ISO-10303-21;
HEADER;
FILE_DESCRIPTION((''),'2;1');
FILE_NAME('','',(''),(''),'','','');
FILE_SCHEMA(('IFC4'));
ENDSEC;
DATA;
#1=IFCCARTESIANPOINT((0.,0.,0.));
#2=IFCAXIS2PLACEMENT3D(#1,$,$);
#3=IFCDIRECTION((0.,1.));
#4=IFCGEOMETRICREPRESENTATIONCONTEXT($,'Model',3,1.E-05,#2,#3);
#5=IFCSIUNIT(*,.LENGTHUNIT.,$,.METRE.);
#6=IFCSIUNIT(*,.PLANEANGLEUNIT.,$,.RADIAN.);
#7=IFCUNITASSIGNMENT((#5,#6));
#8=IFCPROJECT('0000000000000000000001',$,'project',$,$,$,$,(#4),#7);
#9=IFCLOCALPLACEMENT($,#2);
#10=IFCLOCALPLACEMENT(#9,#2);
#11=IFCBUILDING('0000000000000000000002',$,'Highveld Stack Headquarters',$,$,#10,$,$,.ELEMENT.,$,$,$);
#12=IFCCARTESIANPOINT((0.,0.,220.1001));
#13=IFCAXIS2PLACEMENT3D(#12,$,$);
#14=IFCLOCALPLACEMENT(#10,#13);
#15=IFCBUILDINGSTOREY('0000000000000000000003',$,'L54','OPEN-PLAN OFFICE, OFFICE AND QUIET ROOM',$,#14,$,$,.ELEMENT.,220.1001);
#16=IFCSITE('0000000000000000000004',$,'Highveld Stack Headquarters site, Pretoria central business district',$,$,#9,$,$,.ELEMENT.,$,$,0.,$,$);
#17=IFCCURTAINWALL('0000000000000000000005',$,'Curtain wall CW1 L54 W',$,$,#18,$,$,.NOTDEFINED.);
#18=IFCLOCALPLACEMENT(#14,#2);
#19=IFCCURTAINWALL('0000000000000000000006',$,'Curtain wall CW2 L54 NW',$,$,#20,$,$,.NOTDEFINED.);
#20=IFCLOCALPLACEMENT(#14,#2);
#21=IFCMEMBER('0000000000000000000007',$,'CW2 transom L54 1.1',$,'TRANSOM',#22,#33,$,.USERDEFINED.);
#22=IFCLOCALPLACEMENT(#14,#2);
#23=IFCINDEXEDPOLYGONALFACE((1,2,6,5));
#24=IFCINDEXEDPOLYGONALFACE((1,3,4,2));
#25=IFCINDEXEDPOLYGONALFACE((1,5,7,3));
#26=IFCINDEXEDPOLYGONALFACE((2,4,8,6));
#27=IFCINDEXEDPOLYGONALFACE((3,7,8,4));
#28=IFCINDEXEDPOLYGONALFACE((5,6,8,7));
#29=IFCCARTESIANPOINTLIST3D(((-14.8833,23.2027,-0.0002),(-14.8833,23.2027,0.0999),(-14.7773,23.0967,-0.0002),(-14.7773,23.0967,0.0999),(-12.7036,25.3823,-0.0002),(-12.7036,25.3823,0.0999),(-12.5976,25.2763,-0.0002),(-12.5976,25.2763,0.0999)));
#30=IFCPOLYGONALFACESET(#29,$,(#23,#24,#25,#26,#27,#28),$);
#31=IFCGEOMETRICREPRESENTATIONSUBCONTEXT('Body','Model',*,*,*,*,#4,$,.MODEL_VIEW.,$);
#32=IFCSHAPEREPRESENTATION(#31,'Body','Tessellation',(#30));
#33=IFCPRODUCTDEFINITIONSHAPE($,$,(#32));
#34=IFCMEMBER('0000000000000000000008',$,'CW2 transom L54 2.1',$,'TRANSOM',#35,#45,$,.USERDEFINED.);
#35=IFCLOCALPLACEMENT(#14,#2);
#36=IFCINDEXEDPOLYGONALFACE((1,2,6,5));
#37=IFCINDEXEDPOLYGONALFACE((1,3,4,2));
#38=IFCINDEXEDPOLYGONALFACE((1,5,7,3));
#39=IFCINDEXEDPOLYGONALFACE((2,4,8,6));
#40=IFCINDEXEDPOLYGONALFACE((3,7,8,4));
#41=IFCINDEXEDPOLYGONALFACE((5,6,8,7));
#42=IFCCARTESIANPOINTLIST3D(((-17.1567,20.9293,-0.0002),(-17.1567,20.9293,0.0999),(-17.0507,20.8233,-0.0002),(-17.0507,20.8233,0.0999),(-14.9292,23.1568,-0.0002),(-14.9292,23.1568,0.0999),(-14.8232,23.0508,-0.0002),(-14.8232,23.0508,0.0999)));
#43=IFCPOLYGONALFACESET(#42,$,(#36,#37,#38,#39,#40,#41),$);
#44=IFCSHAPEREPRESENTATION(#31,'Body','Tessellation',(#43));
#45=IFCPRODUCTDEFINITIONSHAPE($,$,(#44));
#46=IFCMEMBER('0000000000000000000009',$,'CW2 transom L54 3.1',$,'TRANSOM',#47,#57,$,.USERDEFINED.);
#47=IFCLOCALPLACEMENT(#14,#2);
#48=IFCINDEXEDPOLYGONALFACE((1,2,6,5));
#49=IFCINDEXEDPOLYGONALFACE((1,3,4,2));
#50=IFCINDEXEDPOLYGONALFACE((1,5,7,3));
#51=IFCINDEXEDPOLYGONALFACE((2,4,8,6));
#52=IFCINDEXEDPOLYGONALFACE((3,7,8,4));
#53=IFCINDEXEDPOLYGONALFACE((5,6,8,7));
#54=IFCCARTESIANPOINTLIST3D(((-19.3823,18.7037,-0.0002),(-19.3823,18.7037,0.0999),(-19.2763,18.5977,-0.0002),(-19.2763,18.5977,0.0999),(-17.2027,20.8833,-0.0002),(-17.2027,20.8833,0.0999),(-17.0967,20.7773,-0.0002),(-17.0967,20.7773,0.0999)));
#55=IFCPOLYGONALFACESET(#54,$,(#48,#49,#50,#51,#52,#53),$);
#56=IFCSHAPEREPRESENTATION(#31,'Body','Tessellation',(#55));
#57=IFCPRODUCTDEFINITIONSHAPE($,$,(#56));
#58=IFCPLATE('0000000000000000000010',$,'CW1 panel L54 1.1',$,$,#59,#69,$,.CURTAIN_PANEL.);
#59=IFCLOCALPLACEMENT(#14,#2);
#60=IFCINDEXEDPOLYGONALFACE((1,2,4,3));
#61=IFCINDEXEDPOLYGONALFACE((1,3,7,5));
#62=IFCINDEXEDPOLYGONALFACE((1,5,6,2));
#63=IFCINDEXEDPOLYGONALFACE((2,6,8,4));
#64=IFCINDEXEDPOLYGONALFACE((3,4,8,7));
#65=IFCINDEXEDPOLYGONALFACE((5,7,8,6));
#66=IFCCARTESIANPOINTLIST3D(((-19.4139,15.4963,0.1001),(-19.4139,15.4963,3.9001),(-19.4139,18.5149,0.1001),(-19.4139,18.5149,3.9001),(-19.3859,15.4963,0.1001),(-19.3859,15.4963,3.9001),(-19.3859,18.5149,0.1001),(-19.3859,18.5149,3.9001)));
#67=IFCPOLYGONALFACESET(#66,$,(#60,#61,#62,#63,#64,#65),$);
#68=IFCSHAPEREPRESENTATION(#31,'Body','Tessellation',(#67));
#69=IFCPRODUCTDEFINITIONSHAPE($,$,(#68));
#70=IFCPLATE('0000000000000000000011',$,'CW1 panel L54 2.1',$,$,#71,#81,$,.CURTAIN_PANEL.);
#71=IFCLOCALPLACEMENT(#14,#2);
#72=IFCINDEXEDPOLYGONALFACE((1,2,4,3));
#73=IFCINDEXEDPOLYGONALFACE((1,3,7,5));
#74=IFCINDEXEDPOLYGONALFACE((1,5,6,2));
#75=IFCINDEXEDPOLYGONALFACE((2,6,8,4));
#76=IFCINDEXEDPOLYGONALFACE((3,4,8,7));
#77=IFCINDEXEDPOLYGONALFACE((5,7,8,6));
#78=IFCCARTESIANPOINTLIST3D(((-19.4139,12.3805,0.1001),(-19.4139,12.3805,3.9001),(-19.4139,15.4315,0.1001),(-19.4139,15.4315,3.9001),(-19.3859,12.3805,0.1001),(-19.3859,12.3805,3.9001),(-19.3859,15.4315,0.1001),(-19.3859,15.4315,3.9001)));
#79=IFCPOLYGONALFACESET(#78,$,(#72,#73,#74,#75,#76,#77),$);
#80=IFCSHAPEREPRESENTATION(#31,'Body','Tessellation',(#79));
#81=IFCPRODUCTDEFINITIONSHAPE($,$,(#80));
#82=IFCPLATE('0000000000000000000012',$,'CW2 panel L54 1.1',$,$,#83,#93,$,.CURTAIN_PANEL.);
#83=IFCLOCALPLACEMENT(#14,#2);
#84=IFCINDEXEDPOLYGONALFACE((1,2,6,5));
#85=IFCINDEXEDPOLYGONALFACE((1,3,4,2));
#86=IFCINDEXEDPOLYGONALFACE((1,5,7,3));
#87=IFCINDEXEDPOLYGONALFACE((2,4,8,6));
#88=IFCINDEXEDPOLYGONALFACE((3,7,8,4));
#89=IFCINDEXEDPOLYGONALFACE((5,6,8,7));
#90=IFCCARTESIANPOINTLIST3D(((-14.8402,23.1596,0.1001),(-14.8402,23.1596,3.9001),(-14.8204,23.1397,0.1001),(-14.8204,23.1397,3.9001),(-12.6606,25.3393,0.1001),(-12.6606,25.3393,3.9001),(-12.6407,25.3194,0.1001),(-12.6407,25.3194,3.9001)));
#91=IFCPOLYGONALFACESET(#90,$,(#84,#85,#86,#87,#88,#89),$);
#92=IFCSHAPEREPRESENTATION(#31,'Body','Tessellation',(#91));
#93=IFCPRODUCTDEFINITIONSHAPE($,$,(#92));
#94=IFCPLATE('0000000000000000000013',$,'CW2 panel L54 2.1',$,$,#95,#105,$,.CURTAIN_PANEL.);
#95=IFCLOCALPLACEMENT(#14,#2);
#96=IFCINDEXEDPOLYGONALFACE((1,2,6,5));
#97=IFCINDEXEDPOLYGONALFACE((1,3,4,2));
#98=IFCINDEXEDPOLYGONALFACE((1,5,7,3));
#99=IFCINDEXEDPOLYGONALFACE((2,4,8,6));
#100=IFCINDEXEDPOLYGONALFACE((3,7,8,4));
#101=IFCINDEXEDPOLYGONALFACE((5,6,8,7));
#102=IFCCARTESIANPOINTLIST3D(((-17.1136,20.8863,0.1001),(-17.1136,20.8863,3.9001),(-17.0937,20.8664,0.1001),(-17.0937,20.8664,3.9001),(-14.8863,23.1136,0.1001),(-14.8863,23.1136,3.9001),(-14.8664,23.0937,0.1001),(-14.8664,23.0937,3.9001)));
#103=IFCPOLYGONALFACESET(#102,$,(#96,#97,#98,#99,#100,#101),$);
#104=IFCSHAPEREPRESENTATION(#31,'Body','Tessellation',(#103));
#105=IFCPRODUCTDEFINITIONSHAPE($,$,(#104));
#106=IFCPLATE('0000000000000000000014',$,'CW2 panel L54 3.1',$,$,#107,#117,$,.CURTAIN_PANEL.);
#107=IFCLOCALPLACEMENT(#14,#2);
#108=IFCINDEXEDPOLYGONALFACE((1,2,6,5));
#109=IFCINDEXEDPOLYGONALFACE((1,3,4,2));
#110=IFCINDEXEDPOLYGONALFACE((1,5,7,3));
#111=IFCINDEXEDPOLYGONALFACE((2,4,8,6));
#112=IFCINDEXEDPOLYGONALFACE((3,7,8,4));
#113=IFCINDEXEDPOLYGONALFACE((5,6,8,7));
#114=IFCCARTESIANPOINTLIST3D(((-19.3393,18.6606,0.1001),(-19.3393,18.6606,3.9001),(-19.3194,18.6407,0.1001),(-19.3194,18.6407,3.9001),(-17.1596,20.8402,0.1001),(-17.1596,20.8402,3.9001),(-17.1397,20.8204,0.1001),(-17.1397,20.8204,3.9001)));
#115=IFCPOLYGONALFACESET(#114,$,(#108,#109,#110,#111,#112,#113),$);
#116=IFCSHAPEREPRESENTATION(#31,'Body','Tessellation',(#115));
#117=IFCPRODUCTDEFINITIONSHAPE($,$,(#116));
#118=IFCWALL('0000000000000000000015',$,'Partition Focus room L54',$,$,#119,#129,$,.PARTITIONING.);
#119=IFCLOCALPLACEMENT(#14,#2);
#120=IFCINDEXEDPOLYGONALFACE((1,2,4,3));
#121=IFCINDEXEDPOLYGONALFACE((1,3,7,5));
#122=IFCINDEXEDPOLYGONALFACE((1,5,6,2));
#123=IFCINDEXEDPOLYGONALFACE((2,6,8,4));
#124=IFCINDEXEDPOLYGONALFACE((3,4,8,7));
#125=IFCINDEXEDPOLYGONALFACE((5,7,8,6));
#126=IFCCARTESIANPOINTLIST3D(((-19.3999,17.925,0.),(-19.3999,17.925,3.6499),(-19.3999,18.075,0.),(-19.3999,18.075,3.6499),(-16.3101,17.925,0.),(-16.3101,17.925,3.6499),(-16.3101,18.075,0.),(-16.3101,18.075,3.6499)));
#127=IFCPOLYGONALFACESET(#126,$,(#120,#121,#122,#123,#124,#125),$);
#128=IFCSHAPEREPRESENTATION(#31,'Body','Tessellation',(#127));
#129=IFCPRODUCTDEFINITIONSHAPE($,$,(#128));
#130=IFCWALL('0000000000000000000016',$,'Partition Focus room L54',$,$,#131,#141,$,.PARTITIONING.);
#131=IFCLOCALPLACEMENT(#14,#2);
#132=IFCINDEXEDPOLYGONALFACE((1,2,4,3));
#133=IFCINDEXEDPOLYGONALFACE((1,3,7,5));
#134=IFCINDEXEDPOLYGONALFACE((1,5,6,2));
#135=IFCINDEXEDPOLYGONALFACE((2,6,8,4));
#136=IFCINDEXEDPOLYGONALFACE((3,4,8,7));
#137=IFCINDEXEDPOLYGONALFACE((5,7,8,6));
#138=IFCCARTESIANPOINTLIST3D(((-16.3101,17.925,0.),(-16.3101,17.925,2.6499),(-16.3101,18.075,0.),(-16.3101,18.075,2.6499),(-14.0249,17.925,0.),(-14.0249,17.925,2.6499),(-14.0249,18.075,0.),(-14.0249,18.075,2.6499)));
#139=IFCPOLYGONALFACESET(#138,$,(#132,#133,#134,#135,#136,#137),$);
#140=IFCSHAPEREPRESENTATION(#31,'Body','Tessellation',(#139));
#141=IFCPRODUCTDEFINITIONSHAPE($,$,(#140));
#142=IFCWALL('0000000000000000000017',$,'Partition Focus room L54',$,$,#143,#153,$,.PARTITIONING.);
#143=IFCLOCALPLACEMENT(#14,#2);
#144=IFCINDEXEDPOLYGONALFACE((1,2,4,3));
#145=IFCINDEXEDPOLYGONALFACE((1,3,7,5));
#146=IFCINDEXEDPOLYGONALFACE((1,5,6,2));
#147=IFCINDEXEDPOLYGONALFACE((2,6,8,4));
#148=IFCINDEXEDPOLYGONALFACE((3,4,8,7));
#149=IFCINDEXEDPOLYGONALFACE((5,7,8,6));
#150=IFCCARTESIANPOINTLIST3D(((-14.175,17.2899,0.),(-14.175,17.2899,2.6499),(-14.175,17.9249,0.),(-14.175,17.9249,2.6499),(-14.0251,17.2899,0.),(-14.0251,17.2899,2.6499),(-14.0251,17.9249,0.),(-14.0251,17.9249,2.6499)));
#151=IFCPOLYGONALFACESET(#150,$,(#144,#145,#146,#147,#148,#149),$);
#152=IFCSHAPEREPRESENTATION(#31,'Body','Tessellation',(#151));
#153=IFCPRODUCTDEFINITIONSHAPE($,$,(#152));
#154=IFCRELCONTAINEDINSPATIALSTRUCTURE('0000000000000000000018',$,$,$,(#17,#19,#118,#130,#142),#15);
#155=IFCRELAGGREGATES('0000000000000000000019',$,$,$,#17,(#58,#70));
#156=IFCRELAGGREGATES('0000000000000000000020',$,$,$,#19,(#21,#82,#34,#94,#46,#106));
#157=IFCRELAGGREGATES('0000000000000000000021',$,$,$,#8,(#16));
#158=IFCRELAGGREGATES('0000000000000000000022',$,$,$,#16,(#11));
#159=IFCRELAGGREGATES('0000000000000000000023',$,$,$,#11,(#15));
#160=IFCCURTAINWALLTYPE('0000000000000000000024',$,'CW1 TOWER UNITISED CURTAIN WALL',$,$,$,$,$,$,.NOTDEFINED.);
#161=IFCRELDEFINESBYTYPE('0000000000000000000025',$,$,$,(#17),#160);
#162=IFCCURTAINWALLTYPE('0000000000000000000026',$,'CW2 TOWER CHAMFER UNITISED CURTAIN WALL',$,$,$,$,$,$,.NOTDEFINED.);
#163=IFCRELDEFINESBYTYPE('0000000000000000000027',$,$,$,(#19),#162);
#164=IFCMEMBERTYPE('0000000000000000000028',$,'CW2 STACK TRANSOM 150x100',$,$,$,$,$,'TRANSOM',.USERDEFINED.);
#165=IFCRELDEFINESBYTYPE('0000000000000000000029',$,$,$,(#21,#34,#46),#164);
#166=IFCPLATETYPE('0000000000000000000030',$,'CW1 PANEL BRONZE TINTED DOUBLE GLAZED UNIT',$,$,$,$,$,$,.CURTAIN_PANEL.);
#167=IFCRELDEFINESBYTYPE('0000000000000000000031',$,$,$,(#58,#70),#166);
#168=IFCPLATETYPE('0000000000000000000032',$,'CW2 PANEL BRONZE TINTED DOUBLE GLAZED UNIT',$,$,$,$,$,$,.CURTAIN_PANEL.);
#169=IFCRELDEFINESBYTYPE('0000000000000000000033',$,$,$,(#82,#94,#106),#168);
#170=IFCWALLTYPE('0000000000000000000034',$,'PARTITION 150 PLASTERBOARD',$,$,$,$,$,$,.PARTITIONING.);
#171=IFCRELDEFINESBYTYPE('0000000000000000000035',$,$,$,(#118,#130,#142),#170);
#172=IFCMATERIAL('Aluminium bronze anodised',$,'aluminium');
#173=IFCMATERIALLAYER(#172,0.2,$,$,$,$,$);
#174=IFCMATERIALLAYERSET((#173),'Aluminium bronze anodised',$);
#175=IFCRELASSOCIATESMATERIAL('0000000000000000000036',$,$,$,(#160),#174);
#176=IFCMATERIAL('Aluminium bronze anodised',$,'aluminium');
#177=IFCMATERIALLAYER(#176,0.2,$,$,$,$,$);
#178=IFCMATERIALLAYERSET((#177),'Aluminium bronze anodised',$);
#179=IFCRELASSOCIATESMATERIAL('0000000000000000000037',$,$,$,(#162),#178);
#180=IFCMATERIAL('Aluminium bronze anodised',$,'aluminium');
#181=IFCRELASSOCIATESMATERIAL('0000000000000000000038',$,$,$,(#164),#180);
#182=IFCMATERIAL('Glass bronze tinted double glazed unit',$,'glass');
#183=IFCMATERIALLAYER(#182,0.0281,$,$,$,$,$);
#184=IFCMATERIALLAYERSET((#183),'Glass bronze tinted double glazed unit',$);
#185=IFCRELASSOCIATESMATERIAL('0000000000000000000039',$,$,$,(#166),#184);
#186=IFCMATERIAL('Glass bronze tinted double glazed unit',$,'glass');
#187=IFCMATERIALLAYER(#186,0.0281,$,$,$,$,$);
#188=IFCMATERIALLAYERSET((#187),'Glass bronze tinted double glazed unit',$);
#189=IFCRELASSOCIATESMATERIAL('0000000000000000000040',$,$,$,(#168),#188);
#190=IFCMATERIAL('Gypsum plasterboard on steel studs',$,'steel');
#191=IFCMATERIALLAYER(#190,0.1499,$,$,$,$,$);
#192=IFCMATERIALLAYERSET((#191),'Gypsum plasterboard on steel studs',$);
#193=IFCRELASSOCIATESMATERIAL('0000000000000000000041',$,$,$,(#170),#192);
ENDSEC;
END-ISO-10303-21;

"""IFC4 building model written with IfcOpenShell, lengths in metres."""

from ifc_helpers import new_model, si_unit, direction, frame, frame_2d, origin, origin_2d, place, context, subcontext, project, spatial, rectangle, extrude, material, layer, layer_set, material_profile, profile_set, type_object, element, aggregate, save


model = new_model("IFC4")

# Units and contexts
model_context = context("Model", 3, precision=1e-05, world=origin(), true_north=direction((0.0, 1.0)))
body_context = subcontext(model_context, "Body", "Model", "MODEL_VIEW")
ifc_project = project(units=[si_unit("LENGTHUNIT", "METRE"), si_unit("PLANEANGLEUNIT", "RADIAN")], contexts=[model_context])

# Site, building, storey
site_placement = place(None, origin())
site = spatial("IfcSite", under=ifc_project, at=site_placement, Name="Highveld Stack Headquarters site, Pretoria central business district", CompositionType="ELEMENT", RefElevation=0.0)
building_placement = place(site_placement, origin())
building = spatial("IfcBuilding", under=site, at=building_placement, Name="Highveld Stack Headquarters", CompositionType="ELEMENT")
storey_placement = place(building_placement, frame((0.0, 0.0, 220.1001)))
storey = spatial("IfcBuildingStorey", under=building, at=storey_placement, Name="L54", Description="OPEN-PLAN OFFICE, OFFICE AND QUIET ROOM", CompositionType="ELEMENT", Elevation=220.1001)

# Shared definitions
ifc_material_1 = material(Name="Aluminium bronze anodised", Category="aluminium")
ifc_layer_1 = layer(ifc_material_1, 0.2)
ifc_layer_set_1 = layer_set([ifc_layer_1], Name="Aluminium bronze anodised")
curtain_wall_type_1 = type_object("IfcCurtainWallType", Name="CW1 TOWER UNITISED CURTAIN WALL", PredefinedType="NOTDEFINED", material=ifc_layer_set_1)

# Curtain wall
curtain_wall_1_placement = place(storey_placement, origin())
curtain_wall_1 = element("IfcCurtainWall", 1, at=curtain_wall_1_placement, inside=storey, type_object=curtain_wall_type_1, Name="Curtain wall CW1 L54 W", PredefinedType="NOTDEFINED")

# Curtain wall, members
ifc_material_2 = material(Name="Aluminium bronze anodised", Category="aluminium")
ifc_layer_2 = layer(ifc_material_2, 0.2)
ifc_layer_set_2 = layer_set([ifc_layer_2], Name="Aluminium bronze anodised")
curtain_wall_type_2 = type_object("IfcCurtainWallType", Name="CW2 TOWER CHAMFER UNITISED CURTAIN WALL", PredefinedType="NOTDEFINED", material=ifc_layer_set_2)
curtain_wall_2_placement = place(storey_placement, origin())
curtain_wall_2 = element("IfcCurtainWall", 2, at=curtain_wall_2_placement, inside=storey, type_object=curtain_wall_type_2, Name="Curtain wall CW2 L54 NW", PredefinedType="NOTDEFINED")
ifc_material_3 = material(Name="Aluminium bronze anodised", Category="aluminium")
ifc_material_profile_1 = material_profile(ifc_material_3, rectangle(XDim=0.1499, YDim=0.1001, at=origin_2d()), Name="CW2 TRANSOM 150x100")
ifc_profile_set_1 = profile_set([ifc_material_profile_1], Name="Aluminium bronze anodised")
member_type_1 = type_object("IfcMemberType", Name="CW2 STACK TRANSOM 150x100", ElementType="TRANSOM", PredefinedType="USERDEFINED", material=ifc_profile_set_1)
member_1_placement = place(storey_placement, frame((-12.6506, 25.3293, 0.0498), z_axis=(-0.707107, -0.707107, 0.0), x_axis=(0.707107, -0.707107, 0.0)))
member_1 = element("IfcMember", 3, at=member_1_placement, type_object=member_type_1, Name="CW2 transom L54 1.1", ObjectType="TRANSOM", PredefinedType="USERDEFINED", context=body_context, shape_type="SweptSolid", body=[
    extrude(rectangle(XDim=0.1499, YDim=0.1001, at=origin_2d()), origin(), (0.0, 0.0, 1.0), 3.0825),
])
member_2_placement = place(storey_placement, frame((-14.8762, 23.1038, 0.0498), z_axis=(-0.707107, -0.707107, 0.0), x_axis=(0.707107, -0.707107, 0.0)))
member_2 = element("IfcMember", 4, at=member_2_placement, type_object=member_type_1, Name="CW2 transom L54 2.1", ObjectType="TRANSOM", PredefinedType="USERDEFINED", context=body_context, shape_type="SweptSolid", body=[
    extrude(rectangle(XDim=0.1499, YDim=0.1001, at=origin_2d()), origin(), (0.0, 0.0, 1.0), 3.1501),
])
member_3_placement = place(storey_placement, frame((-17.1497, 20.8303, 0.0498), z_axis=(-0.707107, -0.707107, 0.0), x_axis=(0.707107, -0.707107, 0.0)))
member_3 = element("IfcMember", 5, at=member_3_placement, type_object=member_type_1, Name="CW2 transom L54 3.1", ObjectType="TRANSOM", PredefinedType="USERDEFINED", context=body_context, shape_type="SweptSolid", body=[
    extrude(rectangle(XDim=0.1499, YDim=0.1001, at=origin_2d()), origin(), (0.0, 0.0, 1.0), 3.0825),
])

# Plates
ifc_material_4 = material(Name="Glass bronze tinted double glazed unit", Category="glass")
ifc_layer_3 = layer(ifc_material_4, 0.0281)
ifc_layer_set_3 = layer_set([ifc_layer_3], Name="Glass bronze tinted double glazed unit")
plate_type_1 = type_object("IfcPlateType", Name="CW1 PANEL BRONZE TINTED DOUBLE GLAZED UNIT", PredefinedType="CURTAIN_PANEL", material=ifc_layer_set_3)
plate_1_placement = place(storey_placement, frame((-19.3999, 17.0056, 0.1001), z_axis=(0.0, 0.0, 1.0), x_axis=(0.0, -1.0, 0.0)))
plate_1 = element("IfcPlate", 6, at=plate_1_placement, type_object=plate_type_1, Name="CW1 panel L54 1.1", PredefinedType="CURTAIN_PANEL", context=body_context, shape_type="SweptSolid", body=[
    extrude(rectangle(XDim=3.0186, YDim=0.0281, at=origin_2d()), origin(), (0.0, 0.0, 1.0), 3.8),
])
plate_2_placement = place(storey_placement, frame((-19.3999, 13.906, 0.1001), z_axis=(0.0, 0.0, 1.0), x_axis=(0.0, -1.0, 0.0)))
plate_2 = element("IfcPlate", 7, at=plate_2_placement, type_object=plate_type_1, Name="CW1 panel L54 2.1", PredefinedType="CURTAIN_PANEL", context=body_context, shape_type="SweptSolid", body=[
    extrude(rectangle(XDim=3.051, YDim=0.0281, at=origin_2d()), origin(), (0.0, 0.0, 1.0), 3.8),
])
aggregate(curtain_wall_1, [plate_1, plate_2])
ifc_material_5 = material(Name="Glass bronze tinted double glazed unit", Category="glass")
ifc_layer_4 = layer(ifc_material_5, 0.0281)
ifc_layer_set_4 = layer_set([ifc_layer_4], Name="Glass bronze tinted double glazed unit")
plate_type_2 = type_object("IfcPlateType", Name="CW2 PANEL BRONZE TINTED DOUBLE GLAZED UNIT", PredefinedType="CURTAIN_PANEL", material=ifc_layer_set_4)
plate_3_placement = place(storey_placement, frame((-13.7405, 24.2395, 0.1001), z_axis=(0.0, 0.0, 1.0), x_axis=(-0.707107, -0.707107, 0.0)))
plate_3 = element("IfcPlate", 8, at=plate_3_placement, type_object=plate_type_2, Name="CW2 panel L54 1.1", PredefinedType="CURTAIN_PANEL", context=body_context, shape_type="SweptSolid", body=[
    extrude(rectangle(XDim=3.0825, YDim=0.0281, at=origin_2d()), origin(), (0.0, 0.0, 1.0), 3.8),
])
plate_4_placement = place(storey_placement, frame((-15.99, 21.99, 0.1001), z_axis=(0.0, 0.0, 1.0), x_axis=(-0.707107, -0.707107, 0.0)))
plate_4 = element("IfcPlate", 9, at=plate_4_placement, type_object=plate_type_2, Name="CW2 panel L54 2.1", PredefinedType="CURTAIN_PANEL", context=body_context, shape_type="SweptSolid", body=[
    extrude(rectangle(XDim=3.1499, YDim=0.0281, at=origin_2d()), origin(), (0.0, 0.0, 1.0), 3.8),
])
plate_5_placement = place(storey_placement, frame((-18.2395, 19.7405, 0.1001), z_axis=(0.0, 0.0, 1.0), x_axis=(-0.707107, -0.707107, 0.0)))
plate_5 = element("IfcPlate", 10, at=plate_5_placement, type_object=plate_type_2, Name="CW2 panel L54 3.1", PredefinedType="CURTAIN_PANEL", context=body_context, shape_type="SweptSolid", body=[
    extrude(rectangle(XDim=3.0825, YDim=0.0281, at=origin_2d()), origin(), (0.0, 0.0, 1.0), 3.8),
])
aggregate(curtain_wall_2, [member_1, plate_3, member_2, plate_4, member_3, plate_5])

# Walls
ifc_material_6 = material(Name="Gypsum plasterboard on steel studs", Category="steel")
ifc_layer_5 = layer(ifc_material_6, 0.1499)
ifc_layer_set_5 = layer_set([ifc_layer_5], Name="Gypsum plasterboard on steel studs")
wall_type = type_object("IfcWallType", Name="PARTITION 150 PLASTERBOARD", PredefinedType="PARTITIONING", material=ifc_layer_set_5)
wall_1_placement = place(storey_placement, frame((-19.3999, 18.0, 0.0), z_axis=(0.0, 0.0, 1.0), x_axis=(1.0, 0.0, 0.0)))
element("IfcWall", 11, at=wall_1_placement, inside=storey, type_object=wall_type, Name="Partition Focus room L54", PredefinedType="PARTITIONING", context=body_context, shape_type="SweptSolid", body=[
    extrude(rectangle(XDim=3.0898, YDim=0.1499, at=frame_2d((1.5449, 0.0))), origin(), (0.0, 0.0, 1.0), 3.6499),
])
wall_2_placement = place(storey_placement, frame((-16.3101, 18.0, 0.0), z_axis=(0.0, 0.0, 1.0), x_axis=(1.0, 0.0, 0.0)))
element("IfcWall", 12, at=wall_2_placement, inside=storey, type_object=wall_type, Name="Partition Focus room L54", PredefinedType="PARTITIONING", context=body_context, shape_type="SweptSolid", body=[
    extrude(rectangle(XDim=2.2852, YDim=0.1499, at=frame_2d((1.1426, 0.0))), origin(), (0.0, 0.0, 1.0), 2.6499),
])
wall_3_placement = place(storey_placement, frame((-14.1001, 17.29, 0.0), z_axis=(0.0, 0.0, 1.0), x_axis=(0.0, 1.0, 0.0)))
element("IfcWall", 13, at=wall_3_placement, inside=storey, type_object=wall_type, Name="Partition Focus room L54", PredefinedType="PARTITIONING", context=body_context, shape_type="SweptSolid", body=[
    extrude(rectangle(XDim=0.635, YDim=0.1499, at=frame_2d((0.3174, 0.0))), origin(), (0.0, 0.0, 1.0), 2.6499),
])

save(model, "model.ifc")
